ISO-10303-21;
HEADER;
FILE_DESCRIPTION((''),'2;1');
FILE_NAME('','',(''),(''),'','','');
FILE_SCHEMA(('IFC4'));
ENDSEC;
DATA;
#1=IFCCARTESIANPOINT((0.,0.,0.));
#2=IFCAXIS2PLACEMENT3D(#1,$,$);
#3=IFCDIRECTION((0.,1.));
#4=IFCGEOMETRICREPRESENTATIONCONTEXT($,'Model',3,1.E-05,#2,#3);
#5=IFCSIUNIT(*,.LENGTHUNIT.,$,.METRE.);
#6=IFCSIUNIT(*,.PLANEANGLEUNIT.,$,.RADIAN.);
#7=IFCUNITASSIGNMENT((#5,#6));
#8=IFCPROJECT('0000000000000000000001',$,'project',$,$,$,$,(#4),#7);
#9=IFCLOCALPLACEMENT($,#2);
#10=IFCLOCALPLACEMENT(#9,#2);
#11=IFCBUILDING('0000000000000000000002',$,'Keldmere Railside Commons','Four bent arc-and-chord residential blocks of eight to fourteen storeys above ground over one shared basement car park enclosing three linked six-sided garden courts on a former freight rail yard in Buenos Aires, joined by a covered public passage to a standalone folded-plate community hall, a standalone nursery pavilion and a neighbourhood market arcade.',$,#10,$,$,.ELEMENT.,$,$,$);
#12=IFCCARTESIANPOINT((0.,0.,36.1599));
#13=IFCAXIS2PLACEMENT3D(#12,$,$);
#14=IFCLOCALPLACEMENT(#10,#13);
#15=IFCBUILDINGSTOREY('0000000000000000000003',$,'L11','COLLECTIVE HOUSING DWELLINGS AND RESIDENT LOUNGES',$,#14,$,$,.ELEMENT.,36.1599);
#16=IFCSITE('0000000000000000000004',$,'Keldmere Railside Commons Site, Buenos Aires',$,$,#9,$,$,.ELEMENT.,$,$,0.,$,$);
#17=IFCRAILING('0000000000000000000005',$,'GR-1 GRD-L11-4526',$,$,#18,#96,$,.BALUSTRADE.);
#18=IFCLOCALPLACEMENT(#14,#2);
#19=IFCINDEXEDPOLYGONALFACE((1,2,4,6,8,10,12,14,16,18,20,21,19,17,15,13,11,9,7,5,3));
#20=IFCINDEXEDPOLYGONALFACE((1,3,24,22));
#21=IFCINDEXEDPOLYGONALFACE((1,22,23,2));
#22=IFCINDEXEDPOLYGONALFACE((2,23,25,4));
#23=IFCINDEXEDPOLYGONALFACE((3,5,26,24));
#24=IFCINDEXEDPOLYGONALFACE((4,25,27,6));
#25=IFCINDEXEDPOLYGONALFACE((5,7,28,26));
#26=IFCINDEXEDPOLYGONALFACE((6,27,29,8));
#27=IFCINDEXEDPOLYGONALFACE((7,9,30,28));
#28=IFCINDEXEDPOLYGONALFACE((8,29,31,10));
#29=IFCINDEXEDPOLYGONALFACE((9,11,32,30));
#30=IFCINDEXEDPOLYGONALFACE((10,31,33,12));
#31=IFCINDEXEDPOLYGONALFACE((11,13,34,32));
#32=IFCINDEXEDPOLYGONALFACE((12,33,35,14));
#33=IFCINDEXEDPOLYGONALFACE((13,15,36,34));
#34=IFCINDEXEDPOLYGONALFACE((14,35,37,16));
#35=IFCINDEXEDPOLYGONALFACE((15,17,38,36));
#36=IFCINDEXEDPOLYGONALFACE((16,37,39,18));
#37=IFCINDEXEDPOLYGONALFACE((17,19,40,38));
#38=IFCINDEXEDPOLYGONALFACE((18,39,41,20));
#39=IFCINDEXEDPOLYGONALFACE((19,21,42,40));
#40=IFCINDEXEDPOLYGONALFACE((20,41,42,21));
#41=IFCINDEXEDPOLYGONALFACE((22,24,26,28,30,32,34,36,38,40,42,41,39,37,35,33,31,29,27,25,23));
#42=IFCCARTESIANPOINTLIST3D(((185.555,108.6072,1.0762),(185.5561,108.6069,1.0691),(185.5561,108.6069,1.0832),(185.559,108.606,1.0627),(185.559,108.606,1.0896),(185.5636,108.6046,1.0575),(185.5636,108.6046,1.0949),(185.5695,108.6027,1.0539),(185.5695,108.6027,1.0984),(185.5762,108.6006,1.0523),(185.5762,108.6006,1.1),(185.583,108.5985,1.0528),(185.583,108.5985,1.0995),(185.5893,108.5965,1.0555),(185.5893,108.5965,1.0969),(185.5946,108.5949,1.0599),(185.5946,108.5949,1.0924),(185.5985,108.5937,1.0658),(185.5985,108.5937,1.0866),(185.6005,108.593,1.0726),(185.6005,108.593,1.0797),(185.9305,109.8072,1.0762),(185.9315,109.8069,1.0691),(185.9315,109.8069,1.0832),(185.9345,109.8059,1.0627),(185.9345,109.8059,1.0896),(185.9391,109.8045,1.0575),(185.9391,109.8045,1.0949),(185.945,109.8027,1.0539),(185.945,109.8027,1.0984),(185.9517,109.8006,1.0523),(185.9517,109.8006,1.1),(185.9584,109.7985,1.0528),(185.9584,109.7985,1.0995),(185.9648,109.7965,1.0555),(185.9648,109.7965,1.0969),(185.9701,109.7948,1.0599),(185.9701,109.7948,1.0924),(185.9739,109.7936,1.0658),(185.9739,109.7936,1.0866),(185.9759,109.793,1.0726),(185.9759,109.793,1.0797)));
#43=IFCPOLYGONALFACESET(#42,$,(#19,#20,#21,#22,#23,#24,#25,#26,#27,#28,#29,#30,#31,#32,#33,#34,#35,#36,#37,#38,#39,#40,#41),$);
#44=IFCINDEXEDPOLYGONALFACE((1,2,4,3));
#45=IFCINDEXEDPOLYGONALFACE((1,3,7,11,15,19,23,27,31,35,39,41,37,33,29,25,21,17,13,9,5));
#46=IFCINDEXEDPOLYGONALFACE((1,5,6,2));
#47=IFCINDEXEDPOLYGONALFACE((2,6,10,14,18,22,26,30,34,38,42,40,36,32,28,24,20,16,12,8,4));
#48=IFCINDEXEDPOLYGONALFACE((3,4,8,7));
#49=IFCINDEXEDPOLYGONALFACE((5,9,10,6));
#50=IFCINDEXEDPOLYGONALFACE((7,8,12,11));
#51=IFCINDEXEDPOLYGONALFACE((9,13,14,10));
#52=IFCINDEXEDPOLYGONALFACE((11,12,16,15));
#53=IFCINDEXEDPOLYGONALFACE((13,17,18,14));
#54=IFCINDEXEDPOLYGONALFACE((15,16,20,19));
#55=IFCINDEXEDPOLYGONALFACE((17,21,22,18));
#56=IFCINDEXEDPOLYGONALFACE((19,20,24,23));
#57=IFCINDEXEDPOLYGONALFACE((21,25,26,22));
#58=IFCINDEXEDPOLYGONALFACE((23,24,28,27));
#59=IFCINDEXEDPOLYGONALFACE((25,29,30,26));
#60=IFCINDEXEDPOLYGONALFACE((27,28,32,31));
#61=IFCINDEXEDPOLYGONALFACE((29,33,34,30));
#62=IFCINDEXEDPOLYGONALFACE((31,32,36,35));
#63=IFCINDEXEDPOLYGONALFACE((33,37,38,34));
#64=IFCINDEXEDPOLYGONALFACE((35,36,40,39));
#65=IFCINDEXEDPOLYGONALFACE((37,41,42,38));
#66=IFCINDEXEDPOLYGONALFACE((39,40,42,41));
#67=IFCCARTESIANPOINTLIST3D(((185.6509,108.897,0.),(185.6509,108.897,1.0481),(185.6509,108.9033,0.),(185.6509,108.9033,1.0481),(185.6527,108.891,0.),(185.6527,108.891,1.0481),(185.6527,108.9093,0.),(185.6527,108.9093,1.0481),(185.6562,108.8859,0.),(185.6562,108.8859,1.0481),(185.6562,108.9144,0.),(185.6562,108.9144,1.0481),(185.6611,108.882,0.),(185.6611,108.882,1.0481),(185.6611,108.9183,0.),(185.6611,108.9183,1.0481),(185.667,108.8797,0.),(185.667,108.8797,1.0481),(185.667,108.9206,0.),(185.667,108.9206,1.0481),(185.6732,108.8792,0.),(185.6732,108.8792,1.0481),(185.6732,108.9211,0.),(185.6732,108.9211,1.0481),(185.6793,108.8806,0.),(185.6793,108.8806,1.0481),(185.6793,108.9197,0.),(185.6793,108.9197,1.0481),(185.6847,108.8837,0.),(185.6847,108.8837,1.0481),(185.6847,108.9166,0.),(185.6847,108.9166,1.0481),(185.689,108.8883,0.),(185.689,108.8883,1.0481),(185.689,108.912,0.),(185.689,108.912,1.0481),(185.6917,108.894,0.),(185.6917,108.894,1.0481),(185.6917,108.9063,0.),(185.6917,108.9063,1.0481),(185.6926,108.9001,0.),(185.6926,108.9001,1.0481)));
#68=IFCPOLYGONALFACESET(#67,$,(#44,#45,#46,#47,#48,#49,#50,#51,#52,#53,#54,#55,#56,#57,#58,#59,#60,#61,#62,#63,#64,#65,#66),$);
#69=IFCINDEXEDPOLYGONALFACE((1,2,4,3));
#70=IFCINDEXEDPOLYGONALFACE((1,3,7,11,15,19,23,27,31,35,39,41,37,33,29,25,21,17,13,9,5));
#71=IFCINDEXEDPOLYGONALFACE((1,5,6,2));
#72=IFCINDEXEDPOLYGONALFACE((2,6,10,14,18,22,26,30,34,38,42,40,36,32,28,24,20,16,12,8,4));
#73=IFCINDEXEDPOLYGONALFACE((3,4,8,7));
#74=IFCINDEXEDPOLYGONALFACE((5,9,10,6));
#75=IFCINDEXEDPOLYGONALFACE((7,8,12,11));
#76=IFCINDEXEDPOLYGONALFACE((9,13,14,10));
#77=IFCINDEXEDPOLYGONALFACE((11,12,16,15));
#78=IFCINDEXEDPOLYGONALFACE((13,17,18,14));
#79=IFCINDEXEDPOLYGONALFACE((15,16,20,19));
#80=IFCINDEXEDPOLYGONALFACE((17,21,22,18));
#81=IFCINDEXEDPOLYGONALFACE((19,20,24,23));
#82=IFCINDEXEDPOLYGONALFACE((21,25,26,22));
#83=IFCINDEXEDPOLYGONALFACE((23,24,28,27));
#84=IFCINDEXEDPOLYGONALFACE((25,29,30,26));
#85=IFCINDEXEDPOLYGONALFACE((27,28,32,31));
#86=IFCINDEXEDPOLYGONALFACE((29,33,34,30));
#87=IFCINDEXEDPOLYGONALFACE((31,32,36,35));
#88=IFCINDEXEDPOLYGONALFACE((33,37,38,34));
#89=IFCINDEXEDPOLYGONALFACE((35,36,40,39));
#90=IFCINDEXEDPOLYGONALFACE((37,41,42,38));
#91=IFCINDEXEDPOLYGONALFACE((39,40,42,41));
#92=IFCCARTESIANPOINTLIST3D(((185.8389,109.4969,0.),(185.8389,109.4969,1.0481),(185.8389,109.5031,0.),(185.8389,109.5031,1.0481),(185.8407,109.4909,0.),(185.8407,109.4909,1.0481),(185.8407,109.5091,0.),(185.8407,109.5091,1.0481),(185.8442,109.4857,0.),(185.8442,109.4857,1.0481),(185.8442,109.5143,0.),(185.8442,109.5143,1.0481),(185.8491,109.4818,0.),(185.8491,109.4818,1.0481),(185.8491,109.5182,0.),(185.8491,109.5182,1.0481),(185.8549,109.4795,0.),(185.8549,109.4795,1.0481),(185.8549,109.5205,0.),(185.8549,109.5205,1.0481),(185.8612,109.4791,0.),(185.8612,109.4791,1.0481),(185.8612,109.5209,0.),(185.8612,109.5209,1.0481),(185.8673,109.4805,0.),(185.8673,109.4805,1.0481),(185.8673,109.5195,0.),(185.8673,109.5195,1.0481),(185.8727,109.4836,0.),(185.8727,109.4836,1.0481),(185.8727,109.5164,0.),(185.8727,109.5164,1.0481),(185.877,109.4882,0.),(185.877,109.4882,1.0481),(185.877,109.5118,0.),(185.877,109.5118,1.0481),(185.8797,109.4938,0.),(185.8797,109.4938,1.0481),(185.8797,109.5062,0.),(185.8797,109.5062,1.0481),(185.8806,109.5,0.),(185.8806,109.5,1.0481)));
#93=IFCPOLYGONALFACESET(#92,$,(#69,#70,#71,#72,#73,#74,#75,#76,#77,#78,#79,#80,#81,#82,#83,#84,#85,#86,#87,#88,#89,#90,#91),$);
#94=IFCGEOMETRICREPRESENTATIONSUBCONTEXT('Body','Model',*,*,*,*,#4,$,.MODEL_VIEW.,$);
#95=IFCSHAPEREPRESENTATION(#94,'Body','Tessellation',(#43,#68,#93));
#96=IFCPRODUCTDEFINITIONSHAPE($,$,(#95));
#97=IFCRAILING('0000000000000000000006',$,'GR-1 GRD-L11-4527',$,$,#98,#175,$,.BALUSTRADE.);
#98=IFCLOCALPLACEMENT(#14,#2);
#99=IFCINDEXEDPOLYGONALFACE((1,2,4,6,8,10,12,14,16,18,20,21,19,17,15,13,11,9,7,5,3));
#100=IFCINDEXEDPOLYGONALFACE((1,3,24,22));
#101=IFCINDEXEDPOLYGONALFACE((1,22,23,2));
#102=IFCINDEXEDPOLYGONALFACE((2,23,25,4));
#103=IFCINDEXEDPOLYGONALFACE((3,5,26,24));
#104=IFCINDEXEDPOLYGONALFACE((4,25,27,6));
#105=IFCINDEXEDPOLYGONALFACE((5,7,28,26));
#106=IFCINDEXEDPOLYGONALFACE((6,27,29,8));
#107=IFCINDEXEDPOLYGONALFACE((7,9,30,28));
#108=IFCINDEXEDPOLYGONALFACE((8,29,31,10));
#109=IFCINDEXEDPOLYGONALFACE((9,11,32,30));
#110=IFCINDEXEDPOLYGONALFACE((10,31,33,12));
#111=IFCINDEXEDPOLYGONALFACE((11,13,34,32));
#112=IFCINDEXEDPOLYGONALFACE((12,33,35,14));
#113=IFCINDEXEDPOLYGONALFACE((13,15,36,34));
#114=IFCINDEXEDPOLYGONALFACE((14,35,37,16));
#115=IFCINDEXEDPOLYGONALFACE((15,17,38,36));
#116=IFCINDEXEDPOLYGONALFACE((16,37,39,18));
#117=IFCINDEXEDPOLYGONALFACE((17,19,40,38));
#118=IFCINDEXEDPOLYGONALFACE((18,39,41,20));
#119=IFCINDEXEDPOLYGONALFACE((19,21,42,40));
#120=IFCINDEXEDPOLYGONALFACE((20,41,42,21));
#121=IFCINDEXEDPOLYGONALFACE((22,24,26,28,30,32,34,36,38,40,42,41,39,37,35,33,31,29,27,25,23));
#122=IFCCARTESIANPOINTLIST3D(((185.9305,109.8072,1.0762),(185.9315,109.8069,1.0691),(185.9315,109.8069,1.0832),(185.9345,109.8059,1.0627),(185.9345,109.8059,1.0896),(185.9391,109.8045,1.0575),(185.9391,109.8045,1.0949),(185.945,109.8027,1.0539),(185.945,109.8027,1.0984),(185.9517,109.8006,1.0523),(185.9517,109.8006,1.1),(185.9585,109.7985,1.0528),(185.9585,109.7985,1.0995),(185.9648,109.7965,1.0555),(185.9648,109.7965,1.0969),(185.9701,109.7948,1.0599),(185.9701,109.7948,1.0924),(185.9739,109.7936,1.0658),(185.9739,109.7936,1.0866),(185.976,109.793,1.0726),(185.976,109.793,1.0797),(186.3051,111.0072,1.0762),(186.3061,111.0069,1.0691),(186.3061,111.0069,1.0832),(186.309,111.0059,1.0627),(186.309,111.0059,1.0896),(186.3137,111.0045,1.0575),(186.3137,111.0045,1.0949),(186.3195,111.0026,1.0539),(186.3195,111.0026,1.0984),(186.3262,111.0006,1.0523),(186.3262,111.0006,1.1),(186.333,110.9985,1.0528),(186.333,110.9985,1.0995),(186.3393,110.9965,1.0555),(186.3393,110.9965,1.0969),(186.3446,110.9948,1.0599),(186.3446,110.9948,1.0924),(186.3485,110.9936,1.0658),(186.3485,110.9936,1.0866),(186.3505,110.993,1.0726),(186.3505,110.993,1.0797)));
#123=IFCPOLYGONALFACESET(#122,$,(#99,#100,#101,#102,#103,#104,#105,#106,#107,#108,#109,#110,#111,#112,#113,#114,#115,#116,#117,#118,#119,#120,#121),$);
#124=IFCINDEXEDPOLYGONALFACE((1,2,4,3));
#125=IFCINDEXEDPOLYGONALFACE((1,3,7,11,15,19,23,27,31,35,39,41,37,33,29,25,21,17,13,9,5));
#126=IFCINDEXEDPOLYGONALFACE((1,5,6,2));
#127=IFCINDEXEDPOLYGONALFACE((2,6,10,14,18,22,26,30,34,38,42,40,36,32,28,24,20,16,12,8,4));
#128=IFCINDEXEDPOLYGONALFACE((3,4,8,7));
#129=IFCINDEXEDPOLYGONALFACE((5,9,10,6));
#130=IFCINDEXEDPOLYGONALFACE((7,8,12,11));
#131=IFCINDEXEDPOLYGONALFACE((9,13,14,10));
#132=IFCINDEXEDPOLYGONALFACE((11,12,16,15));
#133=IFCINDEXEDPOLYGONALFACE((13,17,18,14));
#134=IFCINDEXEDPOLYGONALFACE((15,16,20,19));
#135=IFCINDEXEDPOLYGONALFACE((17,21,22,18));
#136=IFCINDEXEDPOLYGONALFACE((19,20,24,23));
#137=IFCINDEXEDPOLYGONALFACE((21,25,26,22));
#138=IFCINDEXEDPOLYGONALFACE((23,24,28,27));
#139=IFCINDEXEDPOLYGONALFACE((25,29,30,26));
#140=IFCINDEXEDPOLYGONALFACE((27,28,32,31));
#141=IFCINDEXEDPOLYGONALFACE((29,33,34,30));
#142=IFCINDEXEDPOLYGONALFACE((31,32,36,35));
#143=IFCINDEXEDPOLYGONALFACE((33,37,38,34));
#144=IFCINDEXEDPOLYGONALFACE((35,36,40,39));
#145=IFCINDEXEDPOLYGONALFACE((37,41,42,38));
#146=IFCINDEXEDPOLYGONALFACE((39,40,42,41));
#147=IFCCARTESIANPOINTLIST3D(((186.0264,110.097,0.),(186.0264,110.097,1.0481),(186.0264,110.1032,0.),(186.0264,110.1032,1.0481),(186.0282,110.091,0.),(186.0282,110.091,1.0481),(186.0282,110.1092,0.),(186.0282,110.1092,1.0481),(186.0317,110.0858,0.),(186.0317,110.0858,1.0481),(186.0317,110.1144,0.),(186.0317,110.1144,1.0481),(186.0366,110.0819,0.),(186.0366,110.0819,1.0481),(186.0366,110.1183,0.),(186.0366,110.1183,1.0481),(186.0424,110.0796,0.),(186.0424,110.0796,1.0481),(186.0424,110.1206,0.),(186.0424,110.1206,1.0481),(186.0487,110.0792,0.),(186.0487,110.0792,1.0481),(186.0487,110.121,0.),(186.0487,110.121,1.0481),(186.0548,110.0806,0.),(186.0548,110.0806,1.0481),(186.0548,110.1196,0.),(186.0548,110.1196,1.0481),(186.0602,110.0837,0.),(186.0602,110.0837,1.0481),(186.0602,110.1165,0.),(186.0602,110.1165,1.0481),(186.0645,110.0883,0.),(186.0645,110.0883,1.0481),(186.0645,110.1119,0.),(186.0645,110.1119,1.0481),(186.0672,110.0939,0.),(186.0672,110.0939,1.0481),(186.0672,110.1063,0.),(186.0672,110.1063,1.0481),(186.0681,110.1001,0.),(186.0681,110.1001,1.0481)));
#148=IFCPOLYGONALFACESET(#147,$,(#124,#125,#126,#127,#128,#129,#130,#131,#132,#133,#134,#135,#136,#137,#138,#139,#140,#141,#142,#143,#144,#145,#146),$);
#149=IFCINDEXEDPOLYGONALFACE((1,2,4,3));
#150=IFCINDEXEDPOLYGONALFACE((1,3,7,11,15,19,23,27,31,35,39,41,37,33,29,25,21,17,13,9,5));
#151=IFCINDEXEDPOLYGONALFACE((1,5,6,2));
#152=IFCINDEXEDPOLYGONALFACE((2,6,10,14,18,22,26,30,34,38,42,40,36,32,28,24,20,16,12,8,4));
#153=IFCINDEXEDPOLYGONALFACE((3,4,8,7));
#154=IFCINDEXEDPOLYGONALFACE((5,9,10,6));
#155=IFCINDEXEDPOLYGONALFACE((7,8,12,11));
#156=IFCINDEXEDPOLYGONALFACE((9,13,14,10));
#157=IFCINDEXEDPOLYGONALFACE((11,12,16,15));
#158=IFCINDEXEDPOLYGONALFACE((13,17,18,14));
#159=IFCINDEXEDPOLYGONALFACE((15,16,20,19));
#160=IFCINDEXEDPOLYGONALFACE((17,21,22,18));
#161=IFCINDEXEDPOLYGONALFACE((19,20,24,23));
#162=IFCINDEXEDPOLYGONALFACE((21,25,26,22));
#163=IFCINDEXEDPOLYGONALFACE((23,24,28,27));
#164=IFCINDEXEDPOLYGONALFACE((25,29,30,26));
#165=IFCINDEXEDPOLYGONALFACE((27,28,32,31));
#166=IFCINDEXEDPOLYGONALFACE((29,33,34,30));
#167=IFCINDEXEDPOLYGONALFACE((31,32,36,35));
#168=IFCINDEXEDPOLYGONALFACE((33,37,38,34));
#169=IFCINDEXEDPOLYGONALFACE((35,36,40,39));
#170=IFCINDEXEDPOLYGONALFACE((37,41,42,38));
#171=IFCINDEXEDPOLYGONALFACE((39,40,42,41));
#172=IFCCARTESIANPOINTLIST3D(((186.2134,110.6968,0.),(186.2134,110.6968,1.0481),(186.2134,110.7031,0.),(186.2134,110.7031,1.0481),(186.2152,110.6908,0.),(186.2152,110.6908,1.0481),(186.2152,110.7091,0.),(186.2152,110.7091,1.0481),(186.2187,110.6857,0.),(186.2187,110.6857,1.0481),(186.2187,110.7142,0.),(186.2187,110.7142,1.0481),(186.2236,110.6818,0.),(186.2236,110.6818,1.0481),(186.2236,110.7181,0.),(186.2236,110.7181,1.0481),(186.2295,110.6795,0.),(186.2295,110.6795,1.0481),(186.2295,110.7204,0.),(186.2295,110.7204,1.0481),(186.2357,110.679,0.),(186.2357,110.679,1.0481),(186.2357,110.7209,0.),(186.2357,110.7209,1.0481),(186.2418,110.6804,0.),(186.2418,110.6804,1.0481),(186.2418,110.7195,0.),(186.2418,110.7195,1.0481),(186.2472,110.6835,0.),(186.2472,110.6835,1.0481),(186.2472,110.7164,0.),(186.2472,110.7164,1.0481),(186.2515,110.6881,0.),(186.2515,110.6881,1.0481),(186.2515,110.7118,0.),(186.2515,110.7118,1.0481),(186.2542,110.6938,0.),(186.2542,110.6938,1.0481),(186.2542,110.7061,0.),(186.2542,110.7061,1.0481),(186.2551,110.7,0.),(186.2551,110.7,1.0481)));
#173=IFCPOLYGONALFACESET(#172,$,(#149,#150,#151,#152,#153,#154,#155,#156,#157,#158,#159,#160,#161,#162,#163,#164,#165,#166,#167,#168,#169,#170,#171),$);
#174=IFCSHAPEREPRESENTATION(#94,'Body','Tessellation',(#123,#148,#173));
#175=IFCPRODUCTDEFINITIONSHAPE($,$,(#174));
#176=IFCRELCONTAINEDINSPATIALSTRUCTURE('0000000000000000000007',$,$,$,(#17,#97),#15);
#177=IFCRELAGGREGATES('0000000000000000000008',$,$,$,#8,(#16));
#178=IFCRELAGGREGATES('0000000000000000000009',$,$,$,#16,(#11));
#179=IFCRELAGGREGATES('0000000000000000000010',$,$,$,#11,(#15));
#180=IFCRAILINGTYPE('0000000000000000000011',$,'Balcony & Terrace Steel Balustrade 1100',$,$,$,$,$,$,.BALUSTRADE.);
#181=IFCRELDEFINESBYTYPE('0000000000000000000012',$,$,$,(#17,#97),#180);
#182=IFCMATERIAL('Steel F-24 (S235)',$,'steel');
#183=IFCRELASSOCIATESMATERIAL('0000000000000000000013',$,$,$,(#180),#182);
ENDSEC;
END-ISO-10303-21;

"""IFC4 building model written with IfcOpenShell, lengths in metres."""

from ifc_helpers import new_model, si_unit, direction, frame, origin, origin_2d, place, context, subcontext, project, spatial, circle, extrude, material, type_object, element, save


model = new_model("IFC4")

# Units and contexts
model_context = context("Model", 3, precision=1e-05, world=origin(), true_north=direction((0.0, 1.0)))
body_context = subcontext(model_context, "Body", "Model", "MODEL_VIEW")
ifc_project = project(units=[si_unit("LENGTHUNIT", "METRE"), si_unit("PLANEANGLEUNIT", "RADIAN")], contexts=[model_context])

# Site, building, storey
site_placement = place(None, origin())
site = spatial("IfcSite", under=ifc_project, at=site_placement, Name="Keldmere Railside Commons Site, Buenos Aires", CompositionType="ELEMENT", RefElevation=0.0)
building_placement = place(site_placement, origin())
building = spatial("IfcBuilding", under=site, at=building_placement, Name="Keldmere Railside Commons", Description="Four bent arc-and-chord residential blocks of eight to fourteen storeys above ground over one shared basement car park enclosing three linked six-sided garden courts on a former freight rail yard in Buenos Aires, joined by a covered public passage to a standalone folded-plate community hall, a standalone nursery pavilion and a neighbourhood market arcade.", CompositionType="ELEMENT")
storey_placement = place(building_placement, frame((0.0, 0.0, 36.1599)))
storey = spatial("IfcBuildingStorey", under=building, at=storey_placement, Name="L11", Description="COLLECTIVE HOUSING DWELLINGS AND RESIDENT LOUNGES", CompositionType="ELEMENT", Elevation=36.1599)

# Railings
ifc_material_1 = material(Name="Steel F-24 (S235)", Category="steel")
railing_type = type_object("IfcRailingType", Name="Balcony & Terrace Steel Balustrade 1100", PredefinedType="BALUSTRADE", material=ifc_material_1)
railing_1_placement = place(storey_placement, frame((185.5779, 108.6001, 0.0)))
element("IfcRailing", 1, at=railing_1_placement, inside=storey, type_object=railing_type, Name="GR-1 GRD-L11-4526", PredefinedType="BALUSTRADE", context=body_context, shape_type="SweptSolid", body=[
    extrude(circle(Radius=0.0239, at=origin_2d()), frame((0.0, 0.0, 1.0762), z_axis=(0.29864, 0.954366, 0.0), x_axis=(-0.954366, 0.29864, 0.0)), (0.0, 0.0, 1.0), 1.2573),
    extrude(circle(Radius=0.021, at=origin_2d()), frame((0.0938, 0.3, 0.0)), (0.0, 0.0, 1.0), 1.0481),
    extrude(circle(Radius=0.021, at=origin_2d()), frame((0.2817, 0.8999, 0.0)), (0.0, 0.0, 1.0), 1.0481),
])
railing_2_placement = place(storey_placement, frame((185.9534, 109.8, 0.0)))
element("IfcRailing", 2, at=railing_2_placement, inside=storey, type_object=railing_type, Name="GR-1 GRD-L11-4527", PredefinedType="BALUSTRADE", context=body_context, shape_type="SweptSolid", body=[
    extrude(circle(Radius=0.0239, at=origin_2d()), frame((0.0, 0.0, 1.0762), z_axis=(0.297932, 0.954587, 0.0), x_axis=(-0.954587, 0.297932, 0.0)), (0.0, 0.0, 1.0), 1.2571),
    extrude(circle(Radius=0.021, at=origin_2d()), frame((0.0938, 0.3, 0.0)), (0.0, 0.0, 1.0), 1.0481),
    extrude(circle(Radius=0.021, at=origin_2d()), frame((0.2808, 0.8999, 0.0)), (0.0, 0.0, 1.0), 1.0481),
])

save(model, "model.ifc")
